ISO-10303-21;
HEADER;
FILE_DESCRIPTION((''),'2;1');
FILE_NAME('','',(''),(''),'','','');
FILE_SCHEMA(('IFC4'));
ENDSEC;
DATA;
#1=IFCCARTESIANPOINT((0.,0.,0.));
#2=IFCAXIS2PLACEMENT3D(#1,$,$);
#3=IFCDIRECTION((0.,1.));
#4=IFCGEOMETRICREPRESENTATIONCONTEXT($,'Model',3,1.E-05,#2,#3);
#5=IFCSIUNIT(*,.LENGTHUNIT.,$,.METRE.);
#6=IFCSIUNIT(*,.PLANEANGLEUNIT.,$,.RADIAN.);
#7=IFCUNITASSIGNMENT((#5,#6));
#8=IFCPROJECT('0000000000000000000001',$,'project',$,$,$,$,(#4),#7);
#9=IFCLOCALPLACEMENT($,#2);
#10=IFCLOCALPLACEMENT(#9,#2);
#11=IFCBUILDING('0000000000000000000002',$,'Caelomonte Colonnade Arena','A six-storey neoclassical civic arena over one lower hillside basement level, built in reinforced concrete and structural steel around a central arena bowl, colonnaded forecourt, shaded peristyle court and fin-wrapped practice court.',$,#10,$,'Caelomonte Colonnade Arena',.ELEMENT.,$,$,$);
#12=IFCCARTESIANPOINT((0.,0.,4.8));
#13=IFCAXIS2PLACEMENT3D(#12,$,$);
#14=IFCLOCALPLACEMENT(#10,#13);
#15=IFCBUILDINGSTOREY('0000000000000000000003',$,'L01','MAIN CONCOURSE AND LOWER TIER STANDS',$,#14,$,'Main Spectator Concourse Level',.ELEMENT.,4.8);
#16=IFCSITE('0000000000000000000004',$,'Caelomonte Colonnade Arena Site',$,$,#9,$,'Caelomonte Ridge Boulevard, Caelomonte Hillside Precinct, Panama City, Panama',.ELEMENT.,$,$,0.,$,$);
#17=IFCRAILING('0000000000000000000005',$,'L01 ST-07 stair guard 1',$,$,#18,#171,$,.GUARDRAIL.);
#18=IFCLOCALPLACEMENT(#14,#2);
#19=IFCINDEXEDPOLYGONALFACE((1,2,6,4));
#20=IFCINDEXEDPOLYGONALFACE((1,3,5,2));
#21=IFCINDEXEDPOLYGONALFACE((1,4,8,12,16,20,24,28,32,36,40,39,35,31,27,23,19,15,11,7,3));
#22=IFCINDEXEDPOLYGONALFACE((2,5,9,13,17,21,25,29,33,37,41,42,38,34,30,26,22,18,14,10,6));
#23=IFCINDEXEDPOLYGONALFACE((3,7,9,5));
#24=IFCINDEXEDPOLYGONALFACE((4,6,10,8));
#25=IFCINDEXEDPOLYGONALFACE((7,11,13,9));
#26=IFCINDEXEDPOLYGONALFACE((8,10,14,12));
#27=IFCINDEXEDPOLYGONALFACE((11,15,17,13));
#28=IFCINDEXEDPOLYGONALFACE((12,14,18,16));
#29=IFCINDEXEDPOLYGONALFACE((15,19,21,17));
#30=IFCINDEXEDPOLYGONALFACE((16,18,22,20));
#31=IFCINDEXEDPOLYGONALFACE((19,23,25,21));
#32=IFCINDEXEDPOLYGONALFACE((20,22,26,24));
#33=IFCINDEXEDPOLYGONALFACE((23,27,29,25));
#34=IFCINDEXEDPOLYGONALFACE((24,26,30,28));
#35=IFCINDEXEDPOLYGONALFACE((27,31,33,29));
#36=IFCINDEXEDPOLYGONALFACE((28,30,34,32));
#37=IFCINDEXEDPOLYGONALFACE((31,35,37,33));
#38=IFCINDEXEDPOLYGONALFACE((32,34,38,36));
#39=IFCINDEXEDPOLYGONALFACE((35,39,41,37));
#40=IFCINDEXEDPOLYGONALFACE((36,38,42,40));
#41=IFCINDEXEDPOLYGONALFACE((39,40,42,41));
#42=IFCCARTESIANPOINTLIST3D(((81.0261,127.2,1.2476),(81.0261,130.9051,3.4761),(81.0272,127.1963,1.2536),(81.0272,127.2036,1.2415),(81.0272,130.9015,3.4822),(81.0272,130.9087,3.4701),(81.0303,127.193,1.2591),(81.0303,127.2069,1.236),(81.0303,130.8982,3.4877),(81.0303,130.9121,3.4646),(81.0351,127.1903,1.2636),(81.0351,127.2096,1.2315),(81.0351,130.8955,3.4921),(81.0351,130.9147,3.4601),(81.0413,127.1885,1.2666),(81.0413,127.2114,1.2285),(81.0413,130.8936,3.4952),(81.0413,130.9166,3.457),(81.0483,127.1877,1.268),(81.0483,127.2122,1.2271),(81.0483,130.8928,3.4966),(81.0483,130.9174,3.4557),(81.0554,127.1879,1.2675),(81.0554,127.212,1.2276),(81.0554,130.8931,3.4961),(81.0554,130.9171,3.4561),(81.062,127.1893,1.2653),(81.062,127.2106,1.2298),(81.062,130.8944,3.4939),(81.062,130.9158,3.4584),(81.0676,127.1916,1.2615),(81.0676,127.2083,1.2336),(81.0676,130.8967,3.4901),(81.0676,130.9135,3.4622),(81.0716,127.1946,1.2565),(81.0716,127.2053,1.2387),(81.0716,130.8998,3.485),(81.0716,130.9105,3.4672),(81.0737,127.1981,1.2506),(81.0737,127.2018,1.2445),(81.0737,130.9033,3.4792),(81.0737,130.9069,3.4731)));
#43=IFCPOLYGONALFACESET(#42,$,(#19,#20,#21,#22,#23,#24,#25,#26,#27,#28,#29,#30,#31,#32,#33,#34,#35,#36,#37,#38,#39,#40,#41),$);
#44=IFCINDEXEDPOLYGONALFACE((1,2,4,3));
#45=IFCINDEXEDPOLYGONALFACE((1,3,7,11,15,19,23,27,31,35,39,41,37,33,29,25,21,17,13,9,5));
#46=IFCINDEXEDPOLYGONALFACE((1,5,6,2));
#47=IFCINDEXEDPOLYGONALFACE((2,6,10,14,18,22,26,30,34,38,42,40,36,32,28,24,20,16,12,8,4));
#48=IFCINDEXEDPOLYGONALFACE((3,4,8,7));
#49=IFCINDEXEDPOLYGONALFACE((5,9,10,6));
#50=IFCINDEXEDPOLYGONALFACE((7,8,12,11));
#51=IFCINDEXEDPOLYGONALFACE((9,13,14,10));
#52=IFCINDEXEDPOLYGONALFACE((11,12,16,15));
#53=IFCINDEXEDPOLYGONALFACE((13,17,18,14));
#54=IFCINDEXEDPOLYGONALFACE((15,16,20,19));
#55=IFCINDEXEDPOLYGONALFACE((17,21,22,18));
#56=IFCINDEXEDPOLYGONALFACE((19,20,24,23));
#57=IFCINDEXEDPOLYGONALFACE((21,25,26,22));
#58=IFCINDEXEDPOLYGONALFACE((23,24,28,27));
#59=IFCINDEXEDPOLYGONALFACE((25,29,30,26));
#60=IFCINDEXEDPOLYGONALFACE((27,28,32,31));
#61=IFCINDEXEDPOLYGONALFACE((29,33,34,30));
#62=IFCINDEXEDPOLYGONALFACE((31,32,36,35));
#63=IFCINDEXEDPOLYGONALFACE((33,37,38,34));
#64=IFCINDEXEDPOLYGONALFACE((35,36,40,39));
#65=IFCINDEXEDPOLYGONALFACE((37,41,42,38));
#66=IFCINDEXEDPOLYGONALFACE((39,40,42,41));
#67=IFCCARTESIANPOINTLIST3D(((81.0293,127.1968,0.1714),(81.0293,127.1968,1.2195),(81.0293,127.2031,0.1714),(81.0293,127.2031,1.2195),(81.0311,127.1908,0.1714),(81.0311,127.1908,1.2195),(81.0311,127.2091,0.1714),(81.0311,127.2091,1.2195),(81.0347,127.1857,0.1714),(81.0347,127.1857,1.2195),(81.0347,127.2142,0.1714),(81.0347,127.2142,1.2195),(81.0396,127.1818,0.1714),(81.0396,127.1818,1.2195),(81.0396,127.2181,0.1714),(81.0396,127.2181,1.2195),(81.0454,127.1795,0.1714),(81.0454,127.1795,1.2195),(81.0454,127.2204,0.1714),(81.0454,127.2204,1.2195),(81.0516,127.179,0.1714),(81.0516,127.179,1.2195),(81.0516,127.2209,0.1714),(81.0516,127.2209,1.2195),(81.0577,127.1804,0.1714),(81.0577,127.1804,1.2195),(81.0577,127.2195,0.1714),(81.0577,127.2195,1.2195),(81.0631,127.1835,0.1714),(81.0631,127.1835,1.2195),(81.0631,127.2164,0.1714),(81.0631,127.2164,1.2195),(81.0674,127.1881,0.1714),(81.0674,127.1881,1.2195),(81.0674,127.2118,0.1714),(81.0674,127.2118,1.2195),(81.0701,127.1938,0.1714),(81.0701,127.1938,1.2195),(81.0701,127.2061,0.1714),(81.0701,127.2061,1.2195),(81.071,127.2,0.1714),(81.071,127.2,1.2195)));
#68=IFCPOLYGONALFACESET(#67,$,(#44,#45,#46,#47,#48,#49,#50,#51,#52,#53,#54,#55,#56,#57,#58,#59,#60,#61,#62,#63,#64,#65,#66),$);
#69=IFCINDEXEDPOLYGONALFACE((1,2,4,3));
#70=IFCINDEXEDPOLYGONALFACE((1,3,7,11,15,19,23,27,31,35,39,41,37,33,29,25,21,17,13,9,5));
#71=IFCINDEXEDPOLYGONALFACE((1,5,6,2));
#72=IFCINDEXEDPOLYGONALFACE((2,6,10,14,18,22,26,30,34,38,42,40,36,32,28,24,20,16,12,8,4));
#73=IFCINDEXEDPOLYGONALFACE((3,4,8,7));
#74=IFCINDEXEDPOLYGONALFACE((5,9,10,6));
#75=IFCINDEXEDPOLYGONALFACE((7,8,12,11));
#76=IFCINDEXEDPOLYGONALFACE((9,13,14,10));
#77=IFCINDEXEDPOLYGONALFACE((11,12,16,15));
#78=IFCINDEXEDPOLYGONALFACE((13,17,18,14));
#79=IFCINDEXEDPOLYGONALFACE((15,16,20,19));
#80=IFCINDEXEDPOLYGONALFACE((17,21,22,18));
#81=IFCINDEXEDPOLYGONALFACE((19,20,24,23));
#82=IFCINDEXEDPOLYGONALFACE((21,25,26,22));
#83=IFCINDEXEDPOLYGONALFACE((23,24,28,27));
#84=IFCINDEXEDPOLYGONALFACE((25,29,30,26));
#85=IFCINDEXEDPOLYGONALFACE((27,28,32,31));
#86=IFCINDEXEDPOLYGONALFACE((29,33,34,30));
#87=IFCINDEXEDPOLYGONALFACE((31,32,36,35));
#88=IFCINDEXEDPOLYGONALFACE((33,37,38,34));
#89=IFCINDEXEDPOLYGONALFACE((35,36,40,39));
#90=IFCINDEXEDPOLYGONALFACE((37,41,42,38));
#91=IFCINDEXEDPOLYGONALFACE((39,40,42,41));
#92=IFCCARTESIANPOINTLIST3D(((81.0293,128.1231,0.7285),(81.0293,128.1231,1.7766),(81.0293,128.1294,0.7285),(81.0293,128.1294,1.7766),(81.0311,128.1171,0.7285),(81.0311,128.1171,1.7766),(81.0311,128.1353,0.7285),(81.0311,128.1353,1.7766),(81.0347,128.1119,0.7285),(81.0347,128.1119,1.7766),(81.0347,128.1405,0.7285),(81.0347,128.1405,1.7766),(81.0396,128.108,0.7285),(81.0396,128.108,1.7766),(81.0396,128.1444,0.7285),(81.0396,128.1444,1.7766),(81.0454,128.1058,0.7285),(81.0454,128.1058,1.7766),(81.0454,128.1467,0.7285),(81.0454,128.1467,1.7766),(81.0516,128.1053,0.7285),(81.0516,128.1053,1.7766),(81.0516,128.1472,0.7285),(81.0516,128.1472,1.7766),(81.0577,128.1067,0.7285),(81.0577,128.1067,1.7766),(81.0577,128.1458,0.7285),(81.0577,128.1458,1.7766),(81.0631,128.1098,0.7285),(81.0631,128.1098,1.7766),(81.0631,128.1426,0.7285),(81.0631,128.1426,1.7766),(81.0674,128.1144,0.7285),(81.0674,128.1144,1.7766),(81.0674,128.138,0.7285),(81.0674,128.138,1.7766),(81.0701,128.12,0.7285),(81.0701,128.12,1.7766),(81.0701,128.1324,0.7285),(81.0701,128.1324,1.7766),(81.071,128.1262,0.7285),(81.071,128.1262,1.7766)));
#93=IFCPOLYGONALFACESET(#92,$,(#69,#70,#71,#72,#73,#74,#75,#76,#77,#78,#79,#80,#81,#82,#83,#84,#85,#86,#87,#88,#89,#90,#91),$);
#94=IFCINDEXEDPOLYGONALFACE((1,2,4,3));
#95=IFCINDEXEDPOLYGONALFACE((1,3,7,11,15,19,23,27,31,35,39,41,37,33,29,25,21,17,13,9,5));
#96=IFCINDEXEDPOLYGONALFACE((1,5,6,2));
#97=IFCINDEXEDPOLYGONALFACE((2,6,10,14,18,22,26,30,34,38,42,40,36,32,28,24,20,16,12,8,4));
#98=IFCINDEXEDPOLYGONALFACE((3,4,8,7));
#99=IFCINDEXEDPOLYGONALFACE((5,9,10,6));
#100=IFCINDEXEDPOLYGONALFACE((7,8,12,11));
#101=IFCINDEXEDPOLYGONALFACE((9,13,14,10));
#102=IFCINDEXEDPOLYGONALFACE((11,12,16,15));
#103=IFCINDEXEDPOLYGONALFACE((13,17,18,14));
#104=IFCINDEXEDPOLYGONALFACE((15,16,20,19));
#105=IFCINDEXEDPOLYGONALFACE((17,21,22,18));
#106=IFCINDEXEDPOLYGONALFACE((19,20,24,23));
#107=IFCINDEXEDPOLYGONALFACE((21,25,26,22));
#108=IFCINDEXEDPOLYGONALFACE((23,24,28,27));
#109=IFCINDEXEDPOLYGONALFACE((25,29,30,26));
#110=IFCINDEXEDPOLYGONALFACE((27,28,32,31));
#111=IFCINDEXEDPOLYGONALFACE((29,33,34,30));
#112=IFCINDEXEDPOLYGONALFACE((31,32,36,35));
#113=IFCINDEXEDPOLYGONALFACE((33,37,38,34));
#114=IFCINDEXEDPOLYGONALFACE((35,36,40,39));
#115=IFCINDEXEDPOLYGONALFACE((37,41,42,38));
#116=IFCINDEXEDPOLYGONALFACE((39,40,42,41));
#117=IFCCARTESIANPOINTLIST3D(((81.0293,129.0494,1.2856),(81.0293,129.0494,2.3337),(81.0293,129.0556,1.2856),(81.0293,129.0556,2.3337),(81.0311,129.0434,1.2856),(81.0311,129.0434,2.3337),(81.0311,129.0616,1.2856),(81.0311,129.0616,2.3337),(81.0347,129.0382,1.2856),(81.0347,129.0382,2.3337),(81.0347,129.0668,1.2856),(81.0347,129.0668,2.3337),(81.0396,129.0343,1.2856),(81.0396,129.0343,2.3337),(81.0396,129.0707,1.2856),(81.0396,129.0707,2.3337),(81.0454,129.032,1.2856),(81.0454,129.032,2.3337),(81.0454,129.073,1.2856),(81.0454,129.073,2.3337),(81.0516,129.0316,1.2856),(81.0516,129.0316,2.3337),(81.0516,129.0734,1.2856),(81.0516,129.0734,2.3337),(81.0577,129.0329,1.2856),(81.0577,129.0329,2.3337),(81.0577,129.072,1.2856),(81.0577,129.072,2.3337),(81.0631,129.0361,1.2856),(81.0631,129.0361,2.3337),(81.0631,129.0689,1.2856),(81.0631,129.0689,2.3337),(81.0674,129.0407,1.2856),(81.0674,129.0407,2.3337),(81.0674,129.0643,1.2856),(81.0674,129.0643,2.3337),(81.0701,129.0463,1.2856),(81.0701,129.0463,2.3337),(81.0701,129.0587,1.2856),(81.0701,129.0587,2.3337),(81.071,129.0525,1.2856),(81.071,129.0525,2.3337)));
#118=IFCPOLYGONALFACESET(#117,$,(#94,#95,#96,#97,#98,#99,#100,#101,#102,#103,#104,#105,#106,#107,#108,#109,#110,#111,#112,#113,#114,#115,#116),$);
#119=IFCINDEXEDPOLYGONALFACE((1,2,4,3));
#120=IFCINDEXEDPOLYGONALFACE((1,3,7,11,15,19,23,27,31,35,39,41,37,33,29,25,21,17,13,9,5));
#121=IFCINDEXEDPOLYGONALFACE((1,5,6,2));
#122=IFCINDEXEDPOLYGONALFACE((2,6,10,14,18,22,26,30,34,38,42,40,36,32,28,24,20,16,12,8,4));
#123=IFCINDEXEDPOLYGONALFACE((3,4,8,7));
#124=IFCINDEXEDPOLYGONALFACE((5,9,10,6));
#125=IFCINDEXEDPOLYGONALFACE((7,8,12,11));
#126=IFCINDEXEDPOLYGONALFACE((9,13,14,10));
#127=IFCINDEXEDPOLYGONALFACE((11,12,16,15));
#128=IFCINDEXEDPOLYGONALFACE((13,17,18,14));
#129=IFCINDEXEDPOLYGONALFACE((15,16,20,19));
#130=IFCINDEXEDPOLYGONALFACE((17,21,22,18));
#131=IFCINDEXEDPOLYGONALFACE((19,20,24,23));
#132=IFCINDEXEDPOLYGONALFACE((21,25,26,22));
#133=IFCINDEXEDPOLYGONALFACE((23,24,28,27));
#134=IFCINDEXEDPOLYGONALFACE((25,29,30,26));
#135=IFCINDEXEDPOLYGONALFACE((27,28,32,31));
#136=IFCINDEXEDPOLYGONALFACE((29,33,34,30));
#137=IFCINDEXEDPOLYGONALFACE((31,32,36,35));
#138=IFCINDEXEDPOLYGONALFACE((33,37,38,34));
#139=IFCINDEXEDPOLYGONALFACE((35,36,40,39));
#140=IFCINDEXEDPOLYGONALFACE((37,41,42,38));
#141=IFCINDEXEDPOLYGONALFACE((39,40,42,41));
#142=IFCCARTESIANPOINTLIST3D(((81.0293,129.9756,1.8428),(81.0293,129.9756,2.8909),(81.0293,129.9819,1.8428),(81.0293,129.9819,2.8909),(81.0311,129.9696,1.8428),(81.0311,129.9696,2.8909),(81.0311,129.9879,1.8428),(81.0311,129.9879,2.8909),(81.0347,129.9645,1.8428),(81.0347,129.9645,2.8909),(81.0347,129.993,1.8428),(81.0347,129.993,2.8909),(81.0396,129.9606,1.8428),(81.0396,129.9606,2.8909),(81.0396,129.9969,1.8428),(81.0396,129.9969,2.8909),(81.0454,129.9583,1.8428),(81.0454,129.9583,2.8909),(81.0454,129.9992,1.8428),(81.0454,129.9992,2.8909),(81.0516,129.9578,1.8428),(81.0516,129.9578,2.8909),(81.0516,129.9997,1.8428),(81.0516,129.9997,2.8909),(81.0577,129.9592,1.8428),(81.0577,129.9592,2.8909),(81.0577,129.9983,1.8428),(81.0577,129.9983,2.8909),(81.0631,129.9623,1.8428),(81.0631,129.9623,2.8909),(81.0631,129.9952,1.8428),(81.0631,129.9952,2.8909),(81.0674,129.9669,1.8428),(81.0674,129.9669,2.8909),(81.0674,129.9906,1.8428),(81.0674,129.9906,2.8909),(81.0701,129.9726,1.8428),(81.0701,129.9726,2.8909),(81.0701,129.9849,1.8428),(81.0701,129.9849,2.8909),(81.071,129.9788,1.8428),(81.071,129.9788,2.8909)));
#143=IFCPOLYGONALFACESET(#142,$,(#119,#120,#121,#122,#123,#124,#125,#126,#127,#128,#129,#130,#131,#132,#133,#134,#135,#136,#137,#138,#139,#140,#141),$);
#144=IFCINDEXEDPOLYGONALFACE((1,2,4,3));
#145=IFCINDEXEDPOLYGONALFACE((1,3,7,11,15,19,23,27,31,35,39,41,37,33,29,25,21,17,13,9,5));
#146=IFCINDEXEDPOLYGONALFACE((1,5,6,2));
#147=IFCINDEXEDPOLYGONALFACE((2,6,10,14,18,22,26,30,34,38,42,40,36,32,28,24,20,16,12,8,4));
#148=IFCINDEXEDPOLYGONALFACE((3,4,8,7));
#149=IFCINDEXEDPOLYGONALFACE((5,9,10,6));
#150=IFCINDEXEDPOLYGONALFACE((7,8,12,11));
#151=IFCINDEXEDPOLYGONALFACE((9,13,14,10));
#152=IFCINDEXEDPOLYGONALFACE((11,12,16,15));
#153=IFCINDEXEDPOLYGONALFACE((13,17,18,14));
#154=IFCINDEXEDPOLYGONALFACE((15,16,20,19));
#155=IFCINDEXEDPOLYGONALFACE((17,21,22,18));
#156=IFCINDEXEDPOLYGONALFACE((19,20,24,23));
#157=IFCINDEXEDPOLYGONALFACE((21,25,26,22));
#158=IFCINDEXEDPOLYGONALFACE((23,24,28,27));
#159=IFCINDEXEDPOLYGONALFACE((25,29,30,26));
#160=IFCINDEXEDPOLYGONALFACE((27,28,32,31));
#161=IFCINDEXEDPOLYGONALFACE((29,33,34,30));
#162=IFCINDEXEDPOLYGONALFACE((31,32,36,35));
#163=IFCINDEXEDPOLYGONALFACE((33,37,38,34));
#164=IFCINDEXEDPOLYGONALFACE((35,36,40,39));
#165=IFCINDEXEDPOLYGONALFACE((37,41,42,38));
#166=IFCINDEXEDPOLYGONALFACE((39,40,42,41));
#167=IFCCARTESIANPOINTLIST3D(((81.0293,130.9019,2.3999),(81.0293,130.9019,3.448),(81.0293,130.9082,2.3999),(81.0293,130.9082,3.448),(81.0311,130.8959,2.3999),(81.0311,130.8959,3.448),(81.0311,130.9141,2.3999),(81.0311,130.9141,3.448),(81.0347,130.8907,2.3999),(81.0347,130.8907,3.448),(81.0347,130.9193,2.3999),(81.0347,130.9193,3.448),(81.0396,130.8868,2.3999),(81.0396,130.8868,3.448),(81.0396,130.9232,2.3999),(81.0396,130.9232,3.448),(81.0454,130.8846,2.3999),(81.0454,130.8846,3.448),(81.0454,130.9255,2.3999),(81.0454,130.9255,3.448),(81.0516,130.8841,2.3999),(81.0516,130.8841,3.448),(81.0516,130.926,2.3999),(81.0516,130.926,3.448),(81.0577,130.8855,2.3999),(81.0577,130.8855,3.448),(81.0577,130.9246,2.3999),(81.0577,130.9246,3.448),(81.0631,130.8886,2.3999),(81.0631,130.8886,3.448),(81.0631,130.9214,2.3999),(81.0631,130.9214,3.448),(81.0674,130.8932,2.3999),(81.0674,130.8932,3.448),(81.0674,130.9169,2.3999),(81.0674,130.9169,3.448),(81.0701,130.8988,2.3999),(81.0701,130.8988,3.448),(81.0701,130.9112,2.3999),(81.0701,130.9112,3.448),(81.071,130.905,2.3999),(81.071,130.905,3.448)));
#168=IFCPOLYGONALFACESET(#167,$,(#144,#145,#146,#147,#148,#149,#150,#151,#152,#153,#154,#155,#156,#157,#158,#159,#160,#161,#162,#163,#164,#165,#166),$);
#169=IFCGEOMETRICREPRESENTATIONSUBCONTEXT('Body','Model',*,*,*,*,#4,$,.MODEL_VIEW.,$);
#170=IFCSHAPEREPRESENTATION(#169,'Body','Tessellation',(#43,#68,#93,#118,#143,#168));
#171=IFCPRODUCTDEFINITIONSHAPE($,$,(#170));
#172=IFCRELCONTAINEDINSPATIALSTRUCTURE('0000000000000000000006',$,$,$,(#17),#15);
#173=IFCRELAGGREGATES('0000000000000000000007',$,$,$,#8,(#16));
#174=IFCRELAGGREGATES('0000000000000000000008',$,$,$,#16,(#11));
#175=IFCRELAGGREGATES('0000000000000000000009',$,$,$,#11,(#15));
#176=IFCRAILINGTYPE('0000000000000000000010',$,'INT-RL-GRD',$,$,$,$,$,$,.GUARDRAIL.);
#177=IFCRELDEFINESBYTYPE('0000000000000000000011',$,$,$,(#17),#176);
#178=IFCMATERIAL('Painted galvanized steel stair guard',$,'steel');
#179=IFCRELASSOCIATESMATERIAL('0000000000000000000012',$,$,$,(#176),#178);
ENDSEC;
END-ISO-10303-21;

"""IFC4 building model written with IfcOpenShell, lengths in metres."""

from ifc_helpers import new_model, si_unit, direction, frame, origin, origin_2d, place, context, subcontext, project, spatial, circle, extrude, material, type_object, element, save


model = new_model("IFC4")

# Units and contexts
model_context = context("Model", 3, precision=1e-05, world=origin(), true_north=direction((0.0, 1.0)))
body_context = subcontext(model_context, "Body", "Model", "MODEL_VIEW")
ifc_project = project(units=[si_unit("LENGTHUNIT", "METRE"), si_unit("PLANEANGLEUNIT", "RADIAN")], contexts=[model_context])

# Site, building, storey
site_placement = place(None, origin())
site = spatial("IfcSite", under=ifc_project, at=site_placement, Name="Caelomonte Colonnade Arena Site", LongName="Caelomonte Ridge Boulevard, Caelomonte Hillside Precinct, Panama City, Panama", CompositionType="ELEMENT", RefElevation=0.0)
building_placement = place(site_placement, origin())
building = spatial("IfcBuilding", under=site, at=building_placement, Name="Caelomonte Colonnade Arena", Description="A six-storey neoclassical civic arena over one lower hillside basement level, built in reinforced concrete and structural steel around a central arena bowl, colonnaded forecourt, shaded peristyle court and fin-wrapped practice court.", LongName="Caelomonte Colonnade Arena", CompositionType="ELEMENT")
storey_placement = place(building_placement, frame((0.0, 0.0, 4.8)))
storey = spatial("IfcBuildingStorey", under=building, at=storey_placement, Name="L01", Description="MAIN CONCOURSE AND LOWER TIER STANDS", LongName="Main Spectator Concourse Level", CompositionType="ELEMENT", Elevation=4.8)

# Railing
ifc_material_1 = material(Name="Painted galvanized steel stair guard", Category="steel")
railing_type_1 = type_object("IfcRailingType", Name="INT-RL-GRD", PredefinedType="GUARDRAIL", material=ifc_material_1)
railing_1_placement = place(storey_placement, frame((81.05, 127.2, 0.1714)))
element("IfcRailing", 1, at=railing_1_placement, inside=storey, type_object=railing_type_1, Name="L01 ST-07 stair guard 1", PredefinedType="GUARDRAIL", context=body_context, shape_type="SweptSolid", body=[
    extrude(circle(Radius=0.0239, at=origin_2d()), frame((0.0, 0.0, 1.0762), z_axis=(0.0, 0.856934, 0.515425), x_axis=(-1.0, 0.0, 0.0)), (0.0, 0.0, 1.0), 4.3237),
    extrude(circle(Radius=0.021, at=origin_2d()), origin(), (0.0, 0.0, 1.0), 1.0481),
    extrude(circle(Radius=0.021, at=origin_2d()), frame((0.0, 0.9263, 0.5571)), (0.0, 0.0, 1.0), 1.0481),
    extrude(circle(Radius=0.021, at=origin_2d()), frame((0.0, 1.8525, 1.1143)), (0.0, 0.0, 1.0), 1.0481),
    extrude(circle(Radius=0.021, at=origin_2d()), frame((0.0, 2.7788, 1.6714)), (0.0, 0.0, 1.0), 1.0481),
    extrude(circle(Radius=0.021, at=origin_2d()), frame((0.0, 3.7051, 2.2285)), (0.0, 0.0, 1.0), 1.0481),
])

save(model, "model.ifc")
